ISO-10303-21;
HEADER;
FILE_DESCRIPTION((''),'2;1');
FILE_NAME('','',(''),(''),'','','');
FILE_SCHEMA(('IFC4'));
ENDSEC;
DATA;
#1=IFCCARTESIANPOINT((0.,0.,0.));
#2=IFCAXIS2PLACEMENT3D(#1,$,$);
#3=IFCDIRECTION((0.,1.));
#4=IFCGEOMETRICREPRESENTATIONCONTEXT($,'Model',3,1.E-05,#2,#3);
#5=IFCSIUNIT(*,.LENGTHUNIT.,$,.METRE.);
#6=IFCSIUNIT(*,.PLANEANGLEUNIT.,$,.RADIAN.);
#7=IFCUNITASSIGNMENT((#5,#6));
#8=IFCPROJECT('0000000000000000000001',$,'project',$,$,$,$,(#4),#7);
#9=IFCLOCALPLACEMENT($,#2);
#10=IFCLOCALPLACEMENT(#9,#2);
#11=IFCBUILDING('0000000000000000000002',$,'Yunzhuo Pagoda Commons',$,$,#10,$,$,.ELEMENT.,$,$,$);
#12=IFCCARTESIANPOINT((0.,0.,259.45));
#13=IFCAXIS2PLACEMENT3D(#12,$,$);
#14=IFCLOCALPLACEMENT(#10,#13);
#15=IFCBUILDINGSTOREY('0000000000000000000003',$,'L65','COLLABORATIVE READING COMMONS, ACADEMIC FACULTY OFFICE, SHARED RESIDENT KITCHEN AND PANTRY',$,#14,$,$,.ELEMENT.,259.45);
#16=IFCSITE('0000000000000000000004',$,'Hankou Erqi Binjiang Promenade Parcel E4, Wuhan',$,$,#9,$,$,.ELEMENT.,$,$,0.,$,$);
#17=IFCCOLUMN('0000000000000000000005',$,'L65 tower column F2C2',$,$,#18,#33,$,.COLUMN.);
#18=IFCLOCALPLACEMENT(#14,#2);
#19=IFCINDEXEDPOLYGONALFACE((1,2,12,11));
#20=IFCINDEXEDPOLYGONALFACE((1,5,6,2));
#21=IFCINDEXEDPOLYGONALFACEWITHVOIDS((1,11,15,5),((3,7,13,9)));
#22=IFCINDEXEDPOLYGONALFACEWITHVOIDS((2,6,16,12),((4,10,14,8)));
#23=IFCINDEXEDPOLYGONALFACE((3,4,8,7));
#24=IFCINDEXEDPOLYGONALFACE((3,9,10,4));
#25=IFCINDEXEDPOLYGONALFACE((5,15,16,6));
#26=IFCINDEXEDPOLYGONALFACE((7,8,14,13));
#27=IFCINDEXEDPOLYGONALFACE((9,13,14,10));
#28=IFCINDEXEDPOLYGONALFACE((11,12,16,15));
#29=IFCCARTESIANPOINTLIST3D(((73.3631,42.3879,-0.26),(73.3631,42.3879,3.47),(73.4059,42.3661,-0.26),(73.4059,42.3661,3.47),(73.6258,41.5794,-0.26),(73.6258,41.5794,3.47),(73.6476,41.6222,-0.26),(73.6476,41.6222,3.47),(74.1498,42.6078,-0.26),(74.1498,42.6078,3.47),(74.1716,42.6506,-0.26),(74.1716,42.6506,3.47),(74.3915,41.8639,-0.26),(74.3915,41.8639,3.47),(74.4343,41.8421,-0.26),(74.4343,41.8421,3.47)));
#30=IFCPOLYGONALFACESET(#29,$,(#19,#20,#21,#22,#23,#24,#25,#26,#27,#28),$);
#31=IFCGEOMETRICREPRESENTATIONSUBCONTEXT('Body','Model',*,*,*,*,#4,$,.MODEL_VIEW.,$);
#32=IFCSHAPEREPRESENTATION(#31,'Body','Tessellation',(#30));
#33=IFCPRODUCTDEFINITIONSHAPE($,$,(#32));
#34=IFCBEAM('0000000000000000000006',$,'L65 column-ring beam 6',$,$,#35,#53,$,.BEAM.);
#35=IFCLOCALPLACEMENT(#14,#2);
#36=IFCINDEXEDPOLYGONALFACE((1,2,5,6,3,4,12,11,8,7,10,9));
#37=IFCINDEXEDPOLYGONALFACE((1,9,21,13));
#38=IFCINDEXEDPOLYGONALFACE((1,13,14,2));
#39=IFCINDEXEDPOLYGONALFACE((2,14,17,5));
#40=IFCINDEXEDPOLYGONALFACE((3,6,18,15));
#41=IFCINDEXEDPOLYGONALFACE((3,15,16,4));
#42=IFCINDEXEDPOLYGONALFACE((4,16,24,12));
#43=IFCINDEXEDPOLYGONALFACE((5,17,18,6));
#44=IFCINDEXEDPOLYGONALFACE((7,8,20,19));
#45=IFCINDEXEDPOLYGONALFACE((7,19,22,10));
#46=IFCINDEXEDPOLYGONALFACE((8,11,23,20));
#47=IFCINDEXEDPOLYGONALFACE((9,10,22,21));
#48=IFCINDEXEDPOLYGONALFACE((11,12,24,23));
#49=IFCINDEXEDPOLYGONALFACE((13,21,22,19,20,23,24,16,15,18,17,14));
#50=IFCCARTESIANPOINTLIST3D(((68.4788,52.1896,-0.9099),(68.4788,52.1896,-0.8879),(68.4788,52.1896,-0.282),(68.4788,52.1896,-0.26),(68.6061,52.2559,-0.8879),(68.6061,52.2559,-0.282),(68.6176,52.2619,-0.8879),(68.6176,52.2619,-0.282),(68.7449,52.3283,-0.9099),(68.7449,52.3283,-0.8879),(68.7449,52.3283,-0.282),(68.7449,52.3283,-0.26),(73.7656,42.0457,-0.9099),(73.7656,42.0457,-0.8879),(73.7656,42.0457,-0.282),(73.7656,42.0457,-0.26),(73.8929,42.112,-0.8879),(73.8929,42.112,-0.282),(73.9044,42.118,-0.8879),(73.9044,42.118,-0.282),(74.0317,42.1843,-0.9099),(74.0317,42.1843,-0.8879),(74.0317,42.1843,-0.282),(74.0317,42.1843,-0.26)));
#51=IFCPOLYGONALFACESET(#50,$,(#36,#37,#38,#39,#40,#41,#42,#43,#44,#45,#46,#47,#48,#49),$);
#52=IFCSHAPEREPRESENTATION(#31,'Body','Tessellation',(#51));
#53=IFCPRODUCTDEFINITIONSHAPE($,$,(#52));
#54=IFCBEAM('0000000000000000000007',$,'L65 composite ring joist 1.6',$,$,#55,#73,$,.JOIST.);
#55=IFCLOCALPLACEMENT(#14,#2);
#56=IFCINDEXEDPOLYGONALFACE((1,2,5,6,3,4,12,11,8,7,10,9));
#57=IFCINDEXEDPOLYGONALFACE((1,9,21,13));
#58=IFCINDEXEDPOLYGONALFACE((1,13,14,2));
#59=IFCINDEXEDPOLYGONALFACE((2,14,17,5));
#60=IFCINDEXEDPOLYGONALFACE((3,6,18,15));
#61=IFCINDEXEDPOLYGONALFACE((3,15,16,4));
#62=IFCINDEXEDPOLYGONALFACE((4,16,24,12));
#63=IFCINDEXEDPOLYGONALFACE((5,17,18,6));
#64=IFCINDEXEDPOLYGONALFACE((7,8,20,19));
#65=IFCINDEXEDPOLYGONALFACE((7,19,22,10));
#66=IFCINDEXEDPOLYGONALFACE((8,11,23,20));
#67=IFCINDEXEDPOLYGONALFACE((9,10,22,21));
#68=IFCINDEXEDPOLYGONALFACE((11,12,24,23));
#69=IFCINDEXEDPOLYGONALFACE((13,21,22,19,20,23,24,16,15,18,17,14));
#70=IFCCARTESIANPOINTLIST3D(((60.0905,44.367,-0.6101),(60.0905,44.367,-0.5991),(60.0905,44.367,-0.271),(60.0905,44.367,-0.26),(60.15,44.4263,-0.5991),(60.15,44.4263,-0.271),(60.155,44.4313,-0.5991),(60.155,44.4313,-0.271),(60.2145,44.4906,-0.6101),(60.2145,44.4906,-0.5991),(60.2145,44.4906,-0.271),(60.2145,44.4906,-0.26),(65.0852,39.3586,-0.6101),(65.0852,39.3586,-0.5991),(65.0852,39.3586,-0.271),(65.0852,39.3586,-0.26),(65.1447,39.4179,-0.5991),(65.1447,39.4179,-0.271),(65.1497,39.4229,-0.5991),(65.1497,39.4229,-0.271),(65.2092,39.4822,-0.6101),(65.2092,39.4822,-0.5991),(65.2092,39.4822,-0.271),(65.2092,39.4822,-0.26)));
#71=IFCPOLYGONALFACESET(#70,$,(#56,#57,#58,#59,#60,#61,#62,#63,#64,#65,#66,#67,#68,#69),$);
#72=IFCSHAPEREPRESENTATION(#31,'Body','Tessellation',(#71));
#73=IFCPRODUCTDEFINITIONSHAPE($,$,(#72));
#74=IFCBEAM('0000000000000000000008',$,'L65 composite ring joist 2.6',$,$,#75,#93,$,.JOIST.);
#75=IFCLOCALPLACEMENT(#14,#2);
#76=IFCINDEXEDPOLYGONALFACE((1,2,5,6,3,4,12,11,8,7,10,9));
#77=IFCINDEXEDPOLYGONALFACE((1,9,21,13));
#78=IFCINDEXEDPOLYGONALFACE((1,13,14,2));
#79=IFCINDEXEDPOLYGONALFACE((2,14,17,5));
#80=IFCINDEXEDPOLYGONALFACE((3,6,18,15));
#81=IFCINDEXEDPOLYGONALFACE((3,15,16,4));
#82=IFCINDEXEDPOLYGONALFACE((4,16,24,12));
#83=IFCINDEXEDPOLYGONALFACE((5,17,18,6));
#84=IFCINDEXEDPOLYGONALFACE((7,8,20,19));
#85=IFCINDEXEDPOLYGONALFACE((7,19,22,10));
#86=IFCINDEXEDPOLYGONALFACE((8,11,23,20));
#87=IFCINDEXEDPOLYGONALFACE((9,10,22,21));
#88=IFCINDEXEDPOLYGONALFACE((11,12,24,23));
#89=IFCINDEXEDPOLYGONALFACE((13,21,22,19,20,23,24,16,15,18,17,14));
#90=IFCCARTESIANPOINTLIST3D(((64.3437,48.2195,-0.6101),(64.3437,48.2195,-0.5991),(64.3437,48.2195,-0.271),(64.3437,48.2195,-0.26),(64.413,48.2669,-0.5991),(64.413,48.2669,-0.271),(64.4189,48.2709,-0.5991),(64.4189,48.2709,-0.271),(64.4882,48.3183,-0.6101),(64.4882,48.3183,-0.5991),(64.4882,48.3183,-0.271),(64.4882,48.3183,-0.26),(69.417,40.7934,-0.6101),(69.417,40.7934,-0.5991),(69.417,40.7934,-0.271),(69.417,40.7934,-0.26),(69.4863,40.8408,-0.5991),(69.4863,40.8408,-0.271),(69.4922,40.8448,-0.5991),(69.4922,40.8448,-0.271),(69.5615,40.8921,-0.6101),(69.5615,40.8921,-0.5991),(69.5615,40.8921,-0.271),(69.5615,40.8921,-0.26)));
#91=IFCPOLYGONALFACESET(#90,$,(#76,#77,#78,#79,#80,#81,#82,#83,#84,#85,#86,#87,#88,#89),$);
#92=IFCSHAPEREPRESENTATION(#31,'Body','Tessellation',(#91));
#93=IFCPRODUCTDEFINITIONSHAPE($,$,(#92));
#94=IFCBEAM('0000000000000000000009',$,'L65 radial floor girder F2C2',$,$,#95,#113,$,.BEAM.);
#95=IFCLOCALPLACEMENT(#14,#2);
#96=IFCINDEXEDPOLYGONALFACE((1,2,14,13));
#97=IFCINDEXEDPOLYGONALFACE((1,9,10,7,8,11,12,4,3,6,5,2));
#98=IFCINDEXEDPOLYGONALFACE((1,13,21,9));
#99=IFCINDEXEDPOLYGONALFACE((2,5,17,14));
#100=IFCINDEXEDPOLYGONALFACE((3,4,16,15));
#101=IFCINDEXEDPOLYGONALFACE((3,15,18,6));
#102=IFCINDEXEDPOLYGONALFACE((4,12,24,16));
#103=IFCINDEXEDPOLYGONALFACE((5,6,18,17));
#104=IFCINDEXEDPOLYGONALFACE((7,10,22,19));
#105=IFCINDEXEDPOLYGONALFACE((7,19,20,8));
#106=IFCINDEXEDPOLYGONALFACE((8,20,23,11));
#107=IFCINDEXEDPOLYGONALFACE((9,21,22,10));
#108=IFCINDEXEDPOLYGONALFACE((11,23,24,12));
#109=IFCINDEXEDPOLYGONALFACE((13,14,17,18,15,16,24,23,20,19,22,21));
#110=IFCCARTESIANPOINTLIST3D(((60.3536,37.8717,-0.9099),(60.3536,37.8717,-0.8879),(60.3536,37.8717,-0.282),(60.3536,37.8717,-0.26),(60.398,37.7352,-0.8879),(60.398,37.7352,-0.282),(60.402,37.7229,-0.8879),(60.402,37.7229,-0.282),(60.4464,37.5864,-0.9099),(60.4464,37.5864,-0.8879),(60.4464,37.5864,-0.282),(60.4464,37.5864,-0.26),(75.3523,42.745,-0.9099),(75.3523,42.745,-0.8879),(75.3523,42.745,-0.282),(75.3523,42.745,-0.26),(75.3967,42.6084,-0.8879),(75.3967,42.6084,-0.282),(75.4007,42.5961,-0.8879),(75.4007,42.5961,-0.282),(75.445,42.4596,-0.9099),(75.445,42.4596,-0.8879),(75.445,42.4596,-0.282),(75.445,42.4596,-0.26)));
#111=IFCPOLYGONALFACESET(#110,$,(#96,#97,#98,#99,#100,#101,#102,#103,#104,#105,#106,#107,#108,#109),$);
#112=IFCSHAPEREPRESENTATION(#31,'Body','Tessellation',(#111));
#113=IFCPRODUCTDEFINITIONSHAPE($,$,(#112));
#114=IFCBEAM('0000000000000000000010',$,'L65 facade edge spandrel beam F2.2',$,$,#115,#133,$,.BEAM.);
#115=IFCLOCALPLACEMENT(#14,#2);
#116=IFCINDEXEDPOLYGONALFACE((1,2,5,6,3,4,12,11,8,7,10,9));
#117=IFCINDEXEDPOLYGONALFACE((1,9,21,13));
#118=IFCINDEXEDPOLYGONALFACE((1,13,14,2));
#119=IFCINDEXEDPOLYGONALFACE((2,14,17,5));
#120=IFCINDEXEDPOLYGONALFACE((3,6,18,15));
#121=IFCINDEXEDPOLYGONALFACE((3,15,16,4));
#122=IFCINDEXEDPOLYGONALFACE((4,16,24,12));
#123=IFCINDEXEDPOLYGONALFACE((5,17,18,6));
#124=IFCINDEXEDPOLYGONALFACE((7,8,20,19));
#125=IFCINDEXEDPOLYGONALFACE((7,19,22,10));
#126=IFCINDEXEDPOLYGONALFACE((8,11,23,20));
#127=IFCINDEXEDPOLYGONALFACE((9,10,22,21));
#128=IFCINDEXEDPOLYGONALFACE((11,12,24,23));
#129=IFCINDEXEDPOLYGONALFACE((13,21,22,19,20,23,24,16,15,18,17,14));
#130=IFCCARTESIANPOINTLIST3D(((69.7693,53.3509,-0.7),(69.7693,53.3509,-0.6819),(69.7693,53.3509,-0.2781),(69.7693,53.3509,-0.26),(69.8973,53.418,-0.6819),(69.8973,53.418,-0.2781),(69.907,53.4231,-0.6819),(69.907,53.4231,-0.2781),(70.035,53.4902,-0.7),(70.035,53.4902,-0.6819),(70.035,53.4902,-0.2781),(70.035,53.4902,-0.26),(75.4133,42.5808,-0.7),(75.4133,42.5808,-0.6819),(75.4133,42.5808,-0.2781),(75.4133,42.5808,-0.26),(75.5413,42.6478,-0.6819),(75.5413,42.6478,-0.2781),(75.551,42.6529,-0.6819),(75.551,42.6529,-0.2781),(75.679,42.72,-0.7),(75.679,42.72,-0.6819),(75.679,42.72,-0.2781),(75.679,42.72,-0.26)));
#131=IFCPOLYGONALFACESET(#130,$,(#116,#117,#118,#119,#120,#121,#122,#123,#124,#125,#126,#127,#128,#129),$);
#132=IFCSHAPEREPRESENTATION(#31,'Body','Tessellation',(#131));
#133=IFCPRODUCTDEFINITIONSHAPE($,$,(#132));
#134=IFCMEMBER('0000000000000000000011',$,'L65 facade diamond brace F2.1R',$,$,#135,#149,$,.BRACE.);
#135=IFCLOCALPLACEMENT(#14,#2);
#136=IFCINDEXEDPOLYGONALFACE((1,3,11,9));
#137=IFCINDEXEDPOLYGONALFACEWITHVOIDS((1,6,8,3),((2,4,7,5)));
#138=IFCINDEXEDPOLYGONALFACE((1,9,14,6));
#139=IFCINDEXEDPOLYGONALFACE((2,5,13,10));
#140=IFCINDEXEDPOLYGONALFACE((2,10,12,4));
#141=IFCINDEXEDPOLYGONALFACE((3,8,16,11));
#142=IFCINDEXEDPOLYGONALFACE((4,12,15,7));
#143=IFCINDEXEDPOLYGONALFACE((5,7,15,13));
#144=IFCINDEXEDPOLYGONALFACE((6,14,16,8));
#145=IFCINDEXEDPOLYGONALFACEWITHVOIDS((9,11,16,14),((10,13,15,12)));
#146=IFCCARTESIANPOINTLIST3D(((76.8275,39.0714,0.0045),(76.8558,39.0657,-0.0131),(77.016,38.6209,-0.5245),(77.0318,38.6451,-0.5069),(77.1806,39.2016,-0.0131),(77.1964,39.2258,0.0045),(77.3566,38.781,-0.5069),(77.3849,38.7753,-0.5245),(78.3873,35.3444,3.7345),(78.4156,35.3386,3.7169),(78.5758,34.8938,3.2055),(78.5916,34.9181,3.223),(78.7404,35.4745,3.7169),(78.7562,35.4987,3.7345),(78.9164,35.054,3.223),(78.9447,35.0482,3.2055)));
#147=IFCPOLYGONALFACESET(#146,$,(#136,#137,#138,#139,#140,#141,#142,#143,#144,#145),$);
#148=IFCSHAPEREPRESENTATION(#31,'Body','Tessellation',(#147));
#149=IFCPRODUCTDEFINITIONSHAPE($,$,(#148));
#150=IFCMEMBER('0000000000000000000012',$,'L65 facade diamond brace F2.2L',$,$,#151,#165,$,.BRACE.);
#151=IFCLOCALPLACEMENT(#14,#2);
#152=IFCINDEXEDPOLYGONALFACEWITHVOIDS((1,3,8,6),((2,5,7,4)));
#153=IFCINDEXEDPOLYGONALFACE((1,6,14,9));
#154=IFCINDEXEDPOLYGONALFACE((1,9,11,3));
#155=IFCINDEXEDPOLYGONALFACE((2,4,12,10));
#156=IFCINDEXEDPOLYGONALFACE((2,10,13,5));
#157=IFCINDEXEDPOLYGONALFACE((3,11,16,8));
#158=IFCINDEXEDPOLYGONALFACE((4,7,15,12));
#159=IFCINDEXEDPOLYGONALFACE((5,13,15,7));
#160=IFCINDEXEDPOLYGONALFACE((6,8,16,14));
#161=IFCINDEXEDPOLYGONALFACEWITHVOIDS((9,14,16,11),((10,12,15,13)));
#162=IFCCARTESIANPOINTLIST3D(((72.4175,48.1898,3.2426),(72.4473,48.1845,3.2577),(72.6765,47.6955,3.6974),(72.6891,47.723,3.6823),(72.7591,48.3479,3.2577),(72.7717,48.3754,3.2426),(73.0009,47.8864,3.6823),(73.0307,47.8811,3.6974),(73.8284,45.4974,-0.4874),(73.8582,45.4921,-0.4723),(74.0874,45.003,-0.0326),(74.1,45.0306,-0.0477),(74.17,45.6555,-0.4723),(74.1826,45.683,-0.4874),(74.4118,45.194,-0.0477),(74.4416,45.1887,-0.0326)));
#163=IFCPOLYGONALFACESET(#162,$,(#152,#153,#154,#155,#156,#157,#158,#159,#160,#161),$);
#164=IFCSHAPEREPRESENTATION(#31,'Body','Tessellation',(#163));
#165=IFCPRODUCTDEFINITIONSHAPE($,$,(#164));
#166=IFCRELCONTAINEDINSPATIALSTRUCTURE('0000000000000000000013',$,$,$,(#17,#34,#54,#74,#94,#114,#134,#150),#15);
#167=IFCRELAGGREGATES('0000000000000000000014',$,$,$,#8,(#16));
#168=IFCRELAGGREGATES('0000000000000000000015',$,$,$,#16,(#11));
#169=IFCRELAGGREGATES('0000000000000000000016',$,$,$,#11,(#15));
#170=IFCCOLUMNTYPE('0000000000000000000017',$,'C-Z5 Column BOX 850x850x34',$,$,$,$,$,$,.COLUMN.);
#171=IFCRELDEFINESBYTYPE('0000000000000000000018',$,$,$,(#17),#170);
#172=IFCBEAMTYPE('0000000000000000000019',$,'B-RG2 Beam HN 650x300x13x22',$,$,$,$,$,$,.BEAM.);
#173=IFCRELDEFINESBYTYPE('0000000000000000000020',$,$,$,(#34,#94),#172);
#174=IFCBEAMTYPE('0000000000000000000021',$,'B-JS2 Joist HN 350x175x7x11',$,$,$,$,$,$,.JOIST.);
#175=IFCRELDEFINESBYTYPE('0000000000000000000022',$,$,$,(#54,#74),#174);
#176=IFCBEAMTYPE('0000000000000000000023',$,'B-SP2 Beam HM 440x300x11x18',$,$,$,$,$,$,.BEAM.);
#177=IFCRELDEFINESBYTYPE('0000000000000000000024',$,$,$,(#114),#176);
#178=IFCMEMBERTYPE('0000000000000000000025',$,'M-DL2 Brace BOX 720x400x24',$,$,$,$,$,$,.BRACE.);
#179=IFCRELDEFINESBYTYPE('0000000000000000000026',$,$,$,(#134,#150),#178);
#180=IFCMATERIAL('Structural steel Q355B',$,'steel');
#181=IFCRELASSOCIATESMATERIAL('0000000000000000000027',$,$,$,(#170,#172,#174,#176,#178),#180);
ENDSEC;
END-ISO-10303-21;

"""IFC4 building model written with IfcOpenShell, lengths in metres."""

from ifc_helpers import new_model, si_unit, direction, frame, origin, origin_2d, place, context, subcontext, project, spatial, hollow_rectangle, i_section, extrude, source, transform, mapped, material, material_profile, profile_set, type_object, element, save


model = new_model("IFC4")

# Units and contexts
model_context = context("Model", 3, precision=1e-05, world=origin(), true_north=direction((0.0, 1.0)))
body_context = subcontext(model_context, "Body", "Model", "MODEL_VIEW")
ifc_project = project(units=[si_unit("LENGTHUNIT", "METRE"), si_unit("PLANEANGLEUNIT", "RADIAN")], contexts=[model_context])

# Site, building, storey
site_placement = place(None, origin())
site = spatial("IfcSite", under=ifc_project, at=site_placement, Name="Hankou Erqi Binjiang Promenade Parcel E4, Wuhan", CompositionType="ELEMENT", RefElevation=0.0)
building_placement = place(site_placement, origin())
building = spatial("IfcBuilding", under=site, at=building_placement, Name="Yunzhuo Pagoda Commons", CompositionType="ELEMENT")
storey_placement = place(building_placement, frame((0.0, 0.0, 259.45)))
storey = spatial("IfcBuildingStorey", under=building, at=storey_placement, Name="L65", Description="COLLABORATIVE READING COMMONS, ACADEMIC FACULTY OFFICE, SHARED RESIDENT KITCHEN AND PANTRY", CompositionType="ELEMENT", Elevation=259.45)

# Column
ifc_material_1 = material(Name="Structural steel Q355B", Category="steel")
ifc_material_profile_1 = material_profile(ifc_material_1, hollow_rectangle(XDim=0.8501, YDim=0.8501, WallThickness=0.0339, at=origin_2d()), Name="Structural steel Q355B")
ifc_profile_set_1 = profile_set([ifc_material_profile_1], Name="Structural steel Q355B")
column_type = type_object("IfcColumnType", Name="C-Z5 Column BOX 850x850x34", PredefinedType="COLUMN", material=ifc_profile_set_1)
shared_shape_1 = source(origin(), body_context, "Body", "SweptSolid", [
    extrude(hollow_rectangle(XDim=0.8501, YDim=0.8501, WallThickness=0.0339, at=origin_2d()), origin(), (0.0, 0.0, 1.0), 3.73),
])
column_placement = place(storey_placement, frame((73.8987, 42.115, -0.26), z_axis=(0.0, 0.0, 1.0), x_axis=(-0.309017, 0.951057, 0.0)))
element("IfcColumn", 1, at=column_placement, inside=storey, type_object=column_type, Name="L65 tower column F2C2", PredefinedType="COLUMN", context=body_context, shape_type="MappedRepresentation", body=[
    mapped(shared_shape_1, transform((0.0, 0.0, 0.0), scale=1.0)),
])

# Beams
ifc_material_profile_2 = material_profile(ifc_material_1, i_section(OverallWidth=0.3, OverallDepth=0.6499, WebThickness=0.0129, FlangeThickness=0.022, at=origin_2d()), Name="Structural steel Q355B")
ifc_profile_set_2 = profile_set([ifc_material_profile_2], Name="Structural steel Q355B")
beam_type_1 = type_object("IfcBeamType", Name="B-RG2 Beam HN 650x300x13x22", PredefinedType="BEAM", material=ifc_profile_set_2)
shared_shape_2 = source(origin(), body_context, "Body", "SweptSolid", [
    extrude(i_section(OverallWidth=0.3, OverallDepth=0.6499, WebThickness=0.0129, FlangeThickness=0.022, at=origin_2d()), origin(), (0.0, 0.0, 1.0), 11.439),
])
beam_1_placement = place(storey_placement, frame((73.8987, 42.115, -0.585), z_axis=(-0.462176, 0.886788, 0.0), x_axis=(-0.886788, -0.462176, 0.0)))
element("IfcBeam", 2, at=beam_1_placement, inside=storey, type_object=beam_type_1, Name="L65 column-ring beam 6", PredefinedType="BEAM", context=body_context, shape_type="MappedRepresentation", body=[
    mapped(shared_shape_2, transform((0.0, 0.0, 0.0), scale=1.0)),
])
ifc_material_profile_3 = material_profile(ifc_material_1, i_section(OverallWidth=0.175, OverallDepth=0.3501, WebThickness=0.0071, FlangeThickness=0.011, at=origin_2d()), Name="Structural steel Q355B")
ifc_profile_set_3 = profile_set([ifc_material_profile_3], Name="Structural steel Q355B")
beam_type_2 = type_object("IfcBeamType", Name="B-JS2 Joist HN 350x175x7x11", PredefinedType="JOIST", material=ifc_profile_set_3)
shared_shape_3 = source(origin(), body_context, "Body", "SweptSolid", [
    extrude(i_section(OverallWidth=0.175, OverallDepth=0.3501, WebThickness=0.0071, FlangeThickness=0.011, at=origin_2d()), origin(), (0.0, 0.0, 1.0), 7.0732),
])
beam_2_placement = place(storey_placement, frame((65.1472, 39.4204, -0.4351), z_axis=(-0.70614, 0.708073, 0.0), x_axis=(-0.708073, -0.70614, 0.0)))
element("IfcBeam", 3, at=beam_2_placement, inside=storey, type_object=beam_type_2, Name="L65 composite ring joist 1.6", PredefinedType="JOIST", context=body_context, shape_type="MappedRepresentation", body=[
    mapped(shared_shape_3, transform((0.0, 0.0, 0.0), scale=1.0)),
])
shared_shape_4 = source(origin(), body_context, "Body", "SweptSolid", [
    extrude(i_section(OverallWidth=0.175, OverallDepth=0.3501, WebThickness=0.0071, FlangeThickness=0.011, at=origin_2d()), origin(), (0.0, 0.0, 1.0), 8.9937),
])
beam_3_placement = place(storey_placement, frame((69.4893, 40.8428, -0.4351), z_axis=(-0.564099, 0.825707, 0.0), x_axis=(-0.825707, -0.564099, 0.0)))
element("IfcBeam", 4, at=beam_3_placement, inside=storey, type_object=beam_type_2, Name="L65 composite ring joist 2.6", PredefinedType="JOIST", context=body_context, shape_type="MappedRepresentation", body=[
    mapped(shared_shape_4, transform((0.0, 0.0, 0.0), scale=1.0)),
])
shared_shape_5 = source(origin(), body_context, "Body", "SweptSolid", [
    extrude(i_section(OverallWidth=0.3, OverallDepth=0.6499, WebThickness=0.0129, FlangeThickness=0.022, at=origin_2d()), origin(), (0.0, 0.0, 1.0), 15.7705),
])
beam_4_placement = place(storey_placement, frame((75.3987, 42.6023, -0.585), z_axis=(-0.951059, -0.309011, 0.0), x_axis=(0.309011, -0.951059, 0.0)))
element("IfcBeam", 5, at=beam_4_placement, inside=storey, type_object=beam_type_1, Name="L65 radial floor girder F2C2", PredefinedType="BEAM", context=body_context, shape_type="MappedRepresentation", body=[
    mapped(shared_shape_5, transform((0.0, 0.0, 0.0), scale=1.0)),
])
ifc_material_profile_4 = material_profile(ifc_material_1, i_section(OverallWidth=0.3, OverallDepth=0.4399, WebThickness=0.011, FlangeThickness=0.0181, at=origin_2d()), Name="Structural steel Q355B")
ifc_profile_set_4 = profile_set([ifc_material_profile_4], Name="Structural steel Q355B")
beam_type_3 = type_object("IfcBeamType", Name="B-SP2 Beam HM 440x300x11x18", PredefinedType="BEAM", material=ifc_profile_set_4)
shared_shape_6 = source(origin(), body_context, "Body", "SweptSolid", [
    extrude(i_section(OverallWidth=0.3, OverallDepth=0.4399, WebThickness=0.011, FlangeThickness=0.0181, at=origin_2d()), origin(), (0.0, 0.0, 1.0), 12.1594),
])
beam_5_placement = place(storey_placement, frame((75.5461, 42.6504, -0.48), z_axis=(-0.464167, 0.885748, 0.0), x_axis=(-0.885748, -0.464167, 0.0)))
element("IfcBeam", 6, at=beam_5_placement, inside=storey, type_object=beam_type_3, Name="L65 facade edge spandrel beam F2.2", PredefinedType="BEAM", context=body_context, shape_type="MappedRepresentation", body=[
    mapped(shared_shape_6, transform((0.0, 0.0, 0.0), scale=1.0)),
])

# Members
ifc_material_profile_5 = material_profile(ifc_material_1, hollow_rectangle(XDim=0.3999, YDim=0.72, WallThickness=0.0239, at=origin_2d()), Name="Structural steel Q355B")
ifc_profile_set_5 = profile_set([ifc_material_profile_5], Name="Structural steel Q355B")
member_type_1 = type_object("IfcMemberType", Name="M-DL2 Brace BOX 720x400x24", PredefinedType="BRACE", material=ifc_profile_set_5)
shared_shape_7 = source(origin(), body_context, "Body", "SweptSolid", [
    extrude(hollow_rectangle(XDim=0.3999, YDim=0.72, WallThickness=0.0239, at=origin_2d()), origin(), (0.0, 0.0, 1.0), 5.4988),
])
member_1_placement = place(storey_placement, frame((77.1062, 38.9233, -0.26), z_axis=(0.283665, -0.677795, 0.678328), x_axis=(0.922472, 0.386065, 0.0)))
element("IfcMember", 7, at=member_1_placement, inside=storey, type_object=member_type_1, Name="L65 facade diamond brace F2.1R", PredefinedType="BRACE", context=body_context, shape_type="MappedRepresentation", body=[
    mapped(shared_shape_7, transform((0.0, 0.0, 0.0), scale=1.0)),
])
shared_shape_8 = source(origin(), body_context, "Body", "SweptSolid", [
    extrude(hollow_rectangle(XDim=0.3999, YDim=0.72, WallThickness=0.0239, at=origin_2d()), origin(), (0.0, 0.0, 1.0), 4.8118),
])
member_2_placement = place(storey_placement, frame((74.135, 45.343, -0.26), z_axis=(-0.293221, 0.559551, 0.775193), x_axis=(-0.885751, -0.46416, 0.0)))
element("IfcMember", 8, at=member_2_placement, inside=storey, type_object=member_type_1, Name="L65 facade diamond brace F2.2L", PredefinedType="BRACE", context=body_context, shape_type="MappedRepresentation", body=[
    mapped(shared_shape_8, transform((0.0, 0.0, 0.0), scale=1.0)),
])

save(model, "model.ifc")
